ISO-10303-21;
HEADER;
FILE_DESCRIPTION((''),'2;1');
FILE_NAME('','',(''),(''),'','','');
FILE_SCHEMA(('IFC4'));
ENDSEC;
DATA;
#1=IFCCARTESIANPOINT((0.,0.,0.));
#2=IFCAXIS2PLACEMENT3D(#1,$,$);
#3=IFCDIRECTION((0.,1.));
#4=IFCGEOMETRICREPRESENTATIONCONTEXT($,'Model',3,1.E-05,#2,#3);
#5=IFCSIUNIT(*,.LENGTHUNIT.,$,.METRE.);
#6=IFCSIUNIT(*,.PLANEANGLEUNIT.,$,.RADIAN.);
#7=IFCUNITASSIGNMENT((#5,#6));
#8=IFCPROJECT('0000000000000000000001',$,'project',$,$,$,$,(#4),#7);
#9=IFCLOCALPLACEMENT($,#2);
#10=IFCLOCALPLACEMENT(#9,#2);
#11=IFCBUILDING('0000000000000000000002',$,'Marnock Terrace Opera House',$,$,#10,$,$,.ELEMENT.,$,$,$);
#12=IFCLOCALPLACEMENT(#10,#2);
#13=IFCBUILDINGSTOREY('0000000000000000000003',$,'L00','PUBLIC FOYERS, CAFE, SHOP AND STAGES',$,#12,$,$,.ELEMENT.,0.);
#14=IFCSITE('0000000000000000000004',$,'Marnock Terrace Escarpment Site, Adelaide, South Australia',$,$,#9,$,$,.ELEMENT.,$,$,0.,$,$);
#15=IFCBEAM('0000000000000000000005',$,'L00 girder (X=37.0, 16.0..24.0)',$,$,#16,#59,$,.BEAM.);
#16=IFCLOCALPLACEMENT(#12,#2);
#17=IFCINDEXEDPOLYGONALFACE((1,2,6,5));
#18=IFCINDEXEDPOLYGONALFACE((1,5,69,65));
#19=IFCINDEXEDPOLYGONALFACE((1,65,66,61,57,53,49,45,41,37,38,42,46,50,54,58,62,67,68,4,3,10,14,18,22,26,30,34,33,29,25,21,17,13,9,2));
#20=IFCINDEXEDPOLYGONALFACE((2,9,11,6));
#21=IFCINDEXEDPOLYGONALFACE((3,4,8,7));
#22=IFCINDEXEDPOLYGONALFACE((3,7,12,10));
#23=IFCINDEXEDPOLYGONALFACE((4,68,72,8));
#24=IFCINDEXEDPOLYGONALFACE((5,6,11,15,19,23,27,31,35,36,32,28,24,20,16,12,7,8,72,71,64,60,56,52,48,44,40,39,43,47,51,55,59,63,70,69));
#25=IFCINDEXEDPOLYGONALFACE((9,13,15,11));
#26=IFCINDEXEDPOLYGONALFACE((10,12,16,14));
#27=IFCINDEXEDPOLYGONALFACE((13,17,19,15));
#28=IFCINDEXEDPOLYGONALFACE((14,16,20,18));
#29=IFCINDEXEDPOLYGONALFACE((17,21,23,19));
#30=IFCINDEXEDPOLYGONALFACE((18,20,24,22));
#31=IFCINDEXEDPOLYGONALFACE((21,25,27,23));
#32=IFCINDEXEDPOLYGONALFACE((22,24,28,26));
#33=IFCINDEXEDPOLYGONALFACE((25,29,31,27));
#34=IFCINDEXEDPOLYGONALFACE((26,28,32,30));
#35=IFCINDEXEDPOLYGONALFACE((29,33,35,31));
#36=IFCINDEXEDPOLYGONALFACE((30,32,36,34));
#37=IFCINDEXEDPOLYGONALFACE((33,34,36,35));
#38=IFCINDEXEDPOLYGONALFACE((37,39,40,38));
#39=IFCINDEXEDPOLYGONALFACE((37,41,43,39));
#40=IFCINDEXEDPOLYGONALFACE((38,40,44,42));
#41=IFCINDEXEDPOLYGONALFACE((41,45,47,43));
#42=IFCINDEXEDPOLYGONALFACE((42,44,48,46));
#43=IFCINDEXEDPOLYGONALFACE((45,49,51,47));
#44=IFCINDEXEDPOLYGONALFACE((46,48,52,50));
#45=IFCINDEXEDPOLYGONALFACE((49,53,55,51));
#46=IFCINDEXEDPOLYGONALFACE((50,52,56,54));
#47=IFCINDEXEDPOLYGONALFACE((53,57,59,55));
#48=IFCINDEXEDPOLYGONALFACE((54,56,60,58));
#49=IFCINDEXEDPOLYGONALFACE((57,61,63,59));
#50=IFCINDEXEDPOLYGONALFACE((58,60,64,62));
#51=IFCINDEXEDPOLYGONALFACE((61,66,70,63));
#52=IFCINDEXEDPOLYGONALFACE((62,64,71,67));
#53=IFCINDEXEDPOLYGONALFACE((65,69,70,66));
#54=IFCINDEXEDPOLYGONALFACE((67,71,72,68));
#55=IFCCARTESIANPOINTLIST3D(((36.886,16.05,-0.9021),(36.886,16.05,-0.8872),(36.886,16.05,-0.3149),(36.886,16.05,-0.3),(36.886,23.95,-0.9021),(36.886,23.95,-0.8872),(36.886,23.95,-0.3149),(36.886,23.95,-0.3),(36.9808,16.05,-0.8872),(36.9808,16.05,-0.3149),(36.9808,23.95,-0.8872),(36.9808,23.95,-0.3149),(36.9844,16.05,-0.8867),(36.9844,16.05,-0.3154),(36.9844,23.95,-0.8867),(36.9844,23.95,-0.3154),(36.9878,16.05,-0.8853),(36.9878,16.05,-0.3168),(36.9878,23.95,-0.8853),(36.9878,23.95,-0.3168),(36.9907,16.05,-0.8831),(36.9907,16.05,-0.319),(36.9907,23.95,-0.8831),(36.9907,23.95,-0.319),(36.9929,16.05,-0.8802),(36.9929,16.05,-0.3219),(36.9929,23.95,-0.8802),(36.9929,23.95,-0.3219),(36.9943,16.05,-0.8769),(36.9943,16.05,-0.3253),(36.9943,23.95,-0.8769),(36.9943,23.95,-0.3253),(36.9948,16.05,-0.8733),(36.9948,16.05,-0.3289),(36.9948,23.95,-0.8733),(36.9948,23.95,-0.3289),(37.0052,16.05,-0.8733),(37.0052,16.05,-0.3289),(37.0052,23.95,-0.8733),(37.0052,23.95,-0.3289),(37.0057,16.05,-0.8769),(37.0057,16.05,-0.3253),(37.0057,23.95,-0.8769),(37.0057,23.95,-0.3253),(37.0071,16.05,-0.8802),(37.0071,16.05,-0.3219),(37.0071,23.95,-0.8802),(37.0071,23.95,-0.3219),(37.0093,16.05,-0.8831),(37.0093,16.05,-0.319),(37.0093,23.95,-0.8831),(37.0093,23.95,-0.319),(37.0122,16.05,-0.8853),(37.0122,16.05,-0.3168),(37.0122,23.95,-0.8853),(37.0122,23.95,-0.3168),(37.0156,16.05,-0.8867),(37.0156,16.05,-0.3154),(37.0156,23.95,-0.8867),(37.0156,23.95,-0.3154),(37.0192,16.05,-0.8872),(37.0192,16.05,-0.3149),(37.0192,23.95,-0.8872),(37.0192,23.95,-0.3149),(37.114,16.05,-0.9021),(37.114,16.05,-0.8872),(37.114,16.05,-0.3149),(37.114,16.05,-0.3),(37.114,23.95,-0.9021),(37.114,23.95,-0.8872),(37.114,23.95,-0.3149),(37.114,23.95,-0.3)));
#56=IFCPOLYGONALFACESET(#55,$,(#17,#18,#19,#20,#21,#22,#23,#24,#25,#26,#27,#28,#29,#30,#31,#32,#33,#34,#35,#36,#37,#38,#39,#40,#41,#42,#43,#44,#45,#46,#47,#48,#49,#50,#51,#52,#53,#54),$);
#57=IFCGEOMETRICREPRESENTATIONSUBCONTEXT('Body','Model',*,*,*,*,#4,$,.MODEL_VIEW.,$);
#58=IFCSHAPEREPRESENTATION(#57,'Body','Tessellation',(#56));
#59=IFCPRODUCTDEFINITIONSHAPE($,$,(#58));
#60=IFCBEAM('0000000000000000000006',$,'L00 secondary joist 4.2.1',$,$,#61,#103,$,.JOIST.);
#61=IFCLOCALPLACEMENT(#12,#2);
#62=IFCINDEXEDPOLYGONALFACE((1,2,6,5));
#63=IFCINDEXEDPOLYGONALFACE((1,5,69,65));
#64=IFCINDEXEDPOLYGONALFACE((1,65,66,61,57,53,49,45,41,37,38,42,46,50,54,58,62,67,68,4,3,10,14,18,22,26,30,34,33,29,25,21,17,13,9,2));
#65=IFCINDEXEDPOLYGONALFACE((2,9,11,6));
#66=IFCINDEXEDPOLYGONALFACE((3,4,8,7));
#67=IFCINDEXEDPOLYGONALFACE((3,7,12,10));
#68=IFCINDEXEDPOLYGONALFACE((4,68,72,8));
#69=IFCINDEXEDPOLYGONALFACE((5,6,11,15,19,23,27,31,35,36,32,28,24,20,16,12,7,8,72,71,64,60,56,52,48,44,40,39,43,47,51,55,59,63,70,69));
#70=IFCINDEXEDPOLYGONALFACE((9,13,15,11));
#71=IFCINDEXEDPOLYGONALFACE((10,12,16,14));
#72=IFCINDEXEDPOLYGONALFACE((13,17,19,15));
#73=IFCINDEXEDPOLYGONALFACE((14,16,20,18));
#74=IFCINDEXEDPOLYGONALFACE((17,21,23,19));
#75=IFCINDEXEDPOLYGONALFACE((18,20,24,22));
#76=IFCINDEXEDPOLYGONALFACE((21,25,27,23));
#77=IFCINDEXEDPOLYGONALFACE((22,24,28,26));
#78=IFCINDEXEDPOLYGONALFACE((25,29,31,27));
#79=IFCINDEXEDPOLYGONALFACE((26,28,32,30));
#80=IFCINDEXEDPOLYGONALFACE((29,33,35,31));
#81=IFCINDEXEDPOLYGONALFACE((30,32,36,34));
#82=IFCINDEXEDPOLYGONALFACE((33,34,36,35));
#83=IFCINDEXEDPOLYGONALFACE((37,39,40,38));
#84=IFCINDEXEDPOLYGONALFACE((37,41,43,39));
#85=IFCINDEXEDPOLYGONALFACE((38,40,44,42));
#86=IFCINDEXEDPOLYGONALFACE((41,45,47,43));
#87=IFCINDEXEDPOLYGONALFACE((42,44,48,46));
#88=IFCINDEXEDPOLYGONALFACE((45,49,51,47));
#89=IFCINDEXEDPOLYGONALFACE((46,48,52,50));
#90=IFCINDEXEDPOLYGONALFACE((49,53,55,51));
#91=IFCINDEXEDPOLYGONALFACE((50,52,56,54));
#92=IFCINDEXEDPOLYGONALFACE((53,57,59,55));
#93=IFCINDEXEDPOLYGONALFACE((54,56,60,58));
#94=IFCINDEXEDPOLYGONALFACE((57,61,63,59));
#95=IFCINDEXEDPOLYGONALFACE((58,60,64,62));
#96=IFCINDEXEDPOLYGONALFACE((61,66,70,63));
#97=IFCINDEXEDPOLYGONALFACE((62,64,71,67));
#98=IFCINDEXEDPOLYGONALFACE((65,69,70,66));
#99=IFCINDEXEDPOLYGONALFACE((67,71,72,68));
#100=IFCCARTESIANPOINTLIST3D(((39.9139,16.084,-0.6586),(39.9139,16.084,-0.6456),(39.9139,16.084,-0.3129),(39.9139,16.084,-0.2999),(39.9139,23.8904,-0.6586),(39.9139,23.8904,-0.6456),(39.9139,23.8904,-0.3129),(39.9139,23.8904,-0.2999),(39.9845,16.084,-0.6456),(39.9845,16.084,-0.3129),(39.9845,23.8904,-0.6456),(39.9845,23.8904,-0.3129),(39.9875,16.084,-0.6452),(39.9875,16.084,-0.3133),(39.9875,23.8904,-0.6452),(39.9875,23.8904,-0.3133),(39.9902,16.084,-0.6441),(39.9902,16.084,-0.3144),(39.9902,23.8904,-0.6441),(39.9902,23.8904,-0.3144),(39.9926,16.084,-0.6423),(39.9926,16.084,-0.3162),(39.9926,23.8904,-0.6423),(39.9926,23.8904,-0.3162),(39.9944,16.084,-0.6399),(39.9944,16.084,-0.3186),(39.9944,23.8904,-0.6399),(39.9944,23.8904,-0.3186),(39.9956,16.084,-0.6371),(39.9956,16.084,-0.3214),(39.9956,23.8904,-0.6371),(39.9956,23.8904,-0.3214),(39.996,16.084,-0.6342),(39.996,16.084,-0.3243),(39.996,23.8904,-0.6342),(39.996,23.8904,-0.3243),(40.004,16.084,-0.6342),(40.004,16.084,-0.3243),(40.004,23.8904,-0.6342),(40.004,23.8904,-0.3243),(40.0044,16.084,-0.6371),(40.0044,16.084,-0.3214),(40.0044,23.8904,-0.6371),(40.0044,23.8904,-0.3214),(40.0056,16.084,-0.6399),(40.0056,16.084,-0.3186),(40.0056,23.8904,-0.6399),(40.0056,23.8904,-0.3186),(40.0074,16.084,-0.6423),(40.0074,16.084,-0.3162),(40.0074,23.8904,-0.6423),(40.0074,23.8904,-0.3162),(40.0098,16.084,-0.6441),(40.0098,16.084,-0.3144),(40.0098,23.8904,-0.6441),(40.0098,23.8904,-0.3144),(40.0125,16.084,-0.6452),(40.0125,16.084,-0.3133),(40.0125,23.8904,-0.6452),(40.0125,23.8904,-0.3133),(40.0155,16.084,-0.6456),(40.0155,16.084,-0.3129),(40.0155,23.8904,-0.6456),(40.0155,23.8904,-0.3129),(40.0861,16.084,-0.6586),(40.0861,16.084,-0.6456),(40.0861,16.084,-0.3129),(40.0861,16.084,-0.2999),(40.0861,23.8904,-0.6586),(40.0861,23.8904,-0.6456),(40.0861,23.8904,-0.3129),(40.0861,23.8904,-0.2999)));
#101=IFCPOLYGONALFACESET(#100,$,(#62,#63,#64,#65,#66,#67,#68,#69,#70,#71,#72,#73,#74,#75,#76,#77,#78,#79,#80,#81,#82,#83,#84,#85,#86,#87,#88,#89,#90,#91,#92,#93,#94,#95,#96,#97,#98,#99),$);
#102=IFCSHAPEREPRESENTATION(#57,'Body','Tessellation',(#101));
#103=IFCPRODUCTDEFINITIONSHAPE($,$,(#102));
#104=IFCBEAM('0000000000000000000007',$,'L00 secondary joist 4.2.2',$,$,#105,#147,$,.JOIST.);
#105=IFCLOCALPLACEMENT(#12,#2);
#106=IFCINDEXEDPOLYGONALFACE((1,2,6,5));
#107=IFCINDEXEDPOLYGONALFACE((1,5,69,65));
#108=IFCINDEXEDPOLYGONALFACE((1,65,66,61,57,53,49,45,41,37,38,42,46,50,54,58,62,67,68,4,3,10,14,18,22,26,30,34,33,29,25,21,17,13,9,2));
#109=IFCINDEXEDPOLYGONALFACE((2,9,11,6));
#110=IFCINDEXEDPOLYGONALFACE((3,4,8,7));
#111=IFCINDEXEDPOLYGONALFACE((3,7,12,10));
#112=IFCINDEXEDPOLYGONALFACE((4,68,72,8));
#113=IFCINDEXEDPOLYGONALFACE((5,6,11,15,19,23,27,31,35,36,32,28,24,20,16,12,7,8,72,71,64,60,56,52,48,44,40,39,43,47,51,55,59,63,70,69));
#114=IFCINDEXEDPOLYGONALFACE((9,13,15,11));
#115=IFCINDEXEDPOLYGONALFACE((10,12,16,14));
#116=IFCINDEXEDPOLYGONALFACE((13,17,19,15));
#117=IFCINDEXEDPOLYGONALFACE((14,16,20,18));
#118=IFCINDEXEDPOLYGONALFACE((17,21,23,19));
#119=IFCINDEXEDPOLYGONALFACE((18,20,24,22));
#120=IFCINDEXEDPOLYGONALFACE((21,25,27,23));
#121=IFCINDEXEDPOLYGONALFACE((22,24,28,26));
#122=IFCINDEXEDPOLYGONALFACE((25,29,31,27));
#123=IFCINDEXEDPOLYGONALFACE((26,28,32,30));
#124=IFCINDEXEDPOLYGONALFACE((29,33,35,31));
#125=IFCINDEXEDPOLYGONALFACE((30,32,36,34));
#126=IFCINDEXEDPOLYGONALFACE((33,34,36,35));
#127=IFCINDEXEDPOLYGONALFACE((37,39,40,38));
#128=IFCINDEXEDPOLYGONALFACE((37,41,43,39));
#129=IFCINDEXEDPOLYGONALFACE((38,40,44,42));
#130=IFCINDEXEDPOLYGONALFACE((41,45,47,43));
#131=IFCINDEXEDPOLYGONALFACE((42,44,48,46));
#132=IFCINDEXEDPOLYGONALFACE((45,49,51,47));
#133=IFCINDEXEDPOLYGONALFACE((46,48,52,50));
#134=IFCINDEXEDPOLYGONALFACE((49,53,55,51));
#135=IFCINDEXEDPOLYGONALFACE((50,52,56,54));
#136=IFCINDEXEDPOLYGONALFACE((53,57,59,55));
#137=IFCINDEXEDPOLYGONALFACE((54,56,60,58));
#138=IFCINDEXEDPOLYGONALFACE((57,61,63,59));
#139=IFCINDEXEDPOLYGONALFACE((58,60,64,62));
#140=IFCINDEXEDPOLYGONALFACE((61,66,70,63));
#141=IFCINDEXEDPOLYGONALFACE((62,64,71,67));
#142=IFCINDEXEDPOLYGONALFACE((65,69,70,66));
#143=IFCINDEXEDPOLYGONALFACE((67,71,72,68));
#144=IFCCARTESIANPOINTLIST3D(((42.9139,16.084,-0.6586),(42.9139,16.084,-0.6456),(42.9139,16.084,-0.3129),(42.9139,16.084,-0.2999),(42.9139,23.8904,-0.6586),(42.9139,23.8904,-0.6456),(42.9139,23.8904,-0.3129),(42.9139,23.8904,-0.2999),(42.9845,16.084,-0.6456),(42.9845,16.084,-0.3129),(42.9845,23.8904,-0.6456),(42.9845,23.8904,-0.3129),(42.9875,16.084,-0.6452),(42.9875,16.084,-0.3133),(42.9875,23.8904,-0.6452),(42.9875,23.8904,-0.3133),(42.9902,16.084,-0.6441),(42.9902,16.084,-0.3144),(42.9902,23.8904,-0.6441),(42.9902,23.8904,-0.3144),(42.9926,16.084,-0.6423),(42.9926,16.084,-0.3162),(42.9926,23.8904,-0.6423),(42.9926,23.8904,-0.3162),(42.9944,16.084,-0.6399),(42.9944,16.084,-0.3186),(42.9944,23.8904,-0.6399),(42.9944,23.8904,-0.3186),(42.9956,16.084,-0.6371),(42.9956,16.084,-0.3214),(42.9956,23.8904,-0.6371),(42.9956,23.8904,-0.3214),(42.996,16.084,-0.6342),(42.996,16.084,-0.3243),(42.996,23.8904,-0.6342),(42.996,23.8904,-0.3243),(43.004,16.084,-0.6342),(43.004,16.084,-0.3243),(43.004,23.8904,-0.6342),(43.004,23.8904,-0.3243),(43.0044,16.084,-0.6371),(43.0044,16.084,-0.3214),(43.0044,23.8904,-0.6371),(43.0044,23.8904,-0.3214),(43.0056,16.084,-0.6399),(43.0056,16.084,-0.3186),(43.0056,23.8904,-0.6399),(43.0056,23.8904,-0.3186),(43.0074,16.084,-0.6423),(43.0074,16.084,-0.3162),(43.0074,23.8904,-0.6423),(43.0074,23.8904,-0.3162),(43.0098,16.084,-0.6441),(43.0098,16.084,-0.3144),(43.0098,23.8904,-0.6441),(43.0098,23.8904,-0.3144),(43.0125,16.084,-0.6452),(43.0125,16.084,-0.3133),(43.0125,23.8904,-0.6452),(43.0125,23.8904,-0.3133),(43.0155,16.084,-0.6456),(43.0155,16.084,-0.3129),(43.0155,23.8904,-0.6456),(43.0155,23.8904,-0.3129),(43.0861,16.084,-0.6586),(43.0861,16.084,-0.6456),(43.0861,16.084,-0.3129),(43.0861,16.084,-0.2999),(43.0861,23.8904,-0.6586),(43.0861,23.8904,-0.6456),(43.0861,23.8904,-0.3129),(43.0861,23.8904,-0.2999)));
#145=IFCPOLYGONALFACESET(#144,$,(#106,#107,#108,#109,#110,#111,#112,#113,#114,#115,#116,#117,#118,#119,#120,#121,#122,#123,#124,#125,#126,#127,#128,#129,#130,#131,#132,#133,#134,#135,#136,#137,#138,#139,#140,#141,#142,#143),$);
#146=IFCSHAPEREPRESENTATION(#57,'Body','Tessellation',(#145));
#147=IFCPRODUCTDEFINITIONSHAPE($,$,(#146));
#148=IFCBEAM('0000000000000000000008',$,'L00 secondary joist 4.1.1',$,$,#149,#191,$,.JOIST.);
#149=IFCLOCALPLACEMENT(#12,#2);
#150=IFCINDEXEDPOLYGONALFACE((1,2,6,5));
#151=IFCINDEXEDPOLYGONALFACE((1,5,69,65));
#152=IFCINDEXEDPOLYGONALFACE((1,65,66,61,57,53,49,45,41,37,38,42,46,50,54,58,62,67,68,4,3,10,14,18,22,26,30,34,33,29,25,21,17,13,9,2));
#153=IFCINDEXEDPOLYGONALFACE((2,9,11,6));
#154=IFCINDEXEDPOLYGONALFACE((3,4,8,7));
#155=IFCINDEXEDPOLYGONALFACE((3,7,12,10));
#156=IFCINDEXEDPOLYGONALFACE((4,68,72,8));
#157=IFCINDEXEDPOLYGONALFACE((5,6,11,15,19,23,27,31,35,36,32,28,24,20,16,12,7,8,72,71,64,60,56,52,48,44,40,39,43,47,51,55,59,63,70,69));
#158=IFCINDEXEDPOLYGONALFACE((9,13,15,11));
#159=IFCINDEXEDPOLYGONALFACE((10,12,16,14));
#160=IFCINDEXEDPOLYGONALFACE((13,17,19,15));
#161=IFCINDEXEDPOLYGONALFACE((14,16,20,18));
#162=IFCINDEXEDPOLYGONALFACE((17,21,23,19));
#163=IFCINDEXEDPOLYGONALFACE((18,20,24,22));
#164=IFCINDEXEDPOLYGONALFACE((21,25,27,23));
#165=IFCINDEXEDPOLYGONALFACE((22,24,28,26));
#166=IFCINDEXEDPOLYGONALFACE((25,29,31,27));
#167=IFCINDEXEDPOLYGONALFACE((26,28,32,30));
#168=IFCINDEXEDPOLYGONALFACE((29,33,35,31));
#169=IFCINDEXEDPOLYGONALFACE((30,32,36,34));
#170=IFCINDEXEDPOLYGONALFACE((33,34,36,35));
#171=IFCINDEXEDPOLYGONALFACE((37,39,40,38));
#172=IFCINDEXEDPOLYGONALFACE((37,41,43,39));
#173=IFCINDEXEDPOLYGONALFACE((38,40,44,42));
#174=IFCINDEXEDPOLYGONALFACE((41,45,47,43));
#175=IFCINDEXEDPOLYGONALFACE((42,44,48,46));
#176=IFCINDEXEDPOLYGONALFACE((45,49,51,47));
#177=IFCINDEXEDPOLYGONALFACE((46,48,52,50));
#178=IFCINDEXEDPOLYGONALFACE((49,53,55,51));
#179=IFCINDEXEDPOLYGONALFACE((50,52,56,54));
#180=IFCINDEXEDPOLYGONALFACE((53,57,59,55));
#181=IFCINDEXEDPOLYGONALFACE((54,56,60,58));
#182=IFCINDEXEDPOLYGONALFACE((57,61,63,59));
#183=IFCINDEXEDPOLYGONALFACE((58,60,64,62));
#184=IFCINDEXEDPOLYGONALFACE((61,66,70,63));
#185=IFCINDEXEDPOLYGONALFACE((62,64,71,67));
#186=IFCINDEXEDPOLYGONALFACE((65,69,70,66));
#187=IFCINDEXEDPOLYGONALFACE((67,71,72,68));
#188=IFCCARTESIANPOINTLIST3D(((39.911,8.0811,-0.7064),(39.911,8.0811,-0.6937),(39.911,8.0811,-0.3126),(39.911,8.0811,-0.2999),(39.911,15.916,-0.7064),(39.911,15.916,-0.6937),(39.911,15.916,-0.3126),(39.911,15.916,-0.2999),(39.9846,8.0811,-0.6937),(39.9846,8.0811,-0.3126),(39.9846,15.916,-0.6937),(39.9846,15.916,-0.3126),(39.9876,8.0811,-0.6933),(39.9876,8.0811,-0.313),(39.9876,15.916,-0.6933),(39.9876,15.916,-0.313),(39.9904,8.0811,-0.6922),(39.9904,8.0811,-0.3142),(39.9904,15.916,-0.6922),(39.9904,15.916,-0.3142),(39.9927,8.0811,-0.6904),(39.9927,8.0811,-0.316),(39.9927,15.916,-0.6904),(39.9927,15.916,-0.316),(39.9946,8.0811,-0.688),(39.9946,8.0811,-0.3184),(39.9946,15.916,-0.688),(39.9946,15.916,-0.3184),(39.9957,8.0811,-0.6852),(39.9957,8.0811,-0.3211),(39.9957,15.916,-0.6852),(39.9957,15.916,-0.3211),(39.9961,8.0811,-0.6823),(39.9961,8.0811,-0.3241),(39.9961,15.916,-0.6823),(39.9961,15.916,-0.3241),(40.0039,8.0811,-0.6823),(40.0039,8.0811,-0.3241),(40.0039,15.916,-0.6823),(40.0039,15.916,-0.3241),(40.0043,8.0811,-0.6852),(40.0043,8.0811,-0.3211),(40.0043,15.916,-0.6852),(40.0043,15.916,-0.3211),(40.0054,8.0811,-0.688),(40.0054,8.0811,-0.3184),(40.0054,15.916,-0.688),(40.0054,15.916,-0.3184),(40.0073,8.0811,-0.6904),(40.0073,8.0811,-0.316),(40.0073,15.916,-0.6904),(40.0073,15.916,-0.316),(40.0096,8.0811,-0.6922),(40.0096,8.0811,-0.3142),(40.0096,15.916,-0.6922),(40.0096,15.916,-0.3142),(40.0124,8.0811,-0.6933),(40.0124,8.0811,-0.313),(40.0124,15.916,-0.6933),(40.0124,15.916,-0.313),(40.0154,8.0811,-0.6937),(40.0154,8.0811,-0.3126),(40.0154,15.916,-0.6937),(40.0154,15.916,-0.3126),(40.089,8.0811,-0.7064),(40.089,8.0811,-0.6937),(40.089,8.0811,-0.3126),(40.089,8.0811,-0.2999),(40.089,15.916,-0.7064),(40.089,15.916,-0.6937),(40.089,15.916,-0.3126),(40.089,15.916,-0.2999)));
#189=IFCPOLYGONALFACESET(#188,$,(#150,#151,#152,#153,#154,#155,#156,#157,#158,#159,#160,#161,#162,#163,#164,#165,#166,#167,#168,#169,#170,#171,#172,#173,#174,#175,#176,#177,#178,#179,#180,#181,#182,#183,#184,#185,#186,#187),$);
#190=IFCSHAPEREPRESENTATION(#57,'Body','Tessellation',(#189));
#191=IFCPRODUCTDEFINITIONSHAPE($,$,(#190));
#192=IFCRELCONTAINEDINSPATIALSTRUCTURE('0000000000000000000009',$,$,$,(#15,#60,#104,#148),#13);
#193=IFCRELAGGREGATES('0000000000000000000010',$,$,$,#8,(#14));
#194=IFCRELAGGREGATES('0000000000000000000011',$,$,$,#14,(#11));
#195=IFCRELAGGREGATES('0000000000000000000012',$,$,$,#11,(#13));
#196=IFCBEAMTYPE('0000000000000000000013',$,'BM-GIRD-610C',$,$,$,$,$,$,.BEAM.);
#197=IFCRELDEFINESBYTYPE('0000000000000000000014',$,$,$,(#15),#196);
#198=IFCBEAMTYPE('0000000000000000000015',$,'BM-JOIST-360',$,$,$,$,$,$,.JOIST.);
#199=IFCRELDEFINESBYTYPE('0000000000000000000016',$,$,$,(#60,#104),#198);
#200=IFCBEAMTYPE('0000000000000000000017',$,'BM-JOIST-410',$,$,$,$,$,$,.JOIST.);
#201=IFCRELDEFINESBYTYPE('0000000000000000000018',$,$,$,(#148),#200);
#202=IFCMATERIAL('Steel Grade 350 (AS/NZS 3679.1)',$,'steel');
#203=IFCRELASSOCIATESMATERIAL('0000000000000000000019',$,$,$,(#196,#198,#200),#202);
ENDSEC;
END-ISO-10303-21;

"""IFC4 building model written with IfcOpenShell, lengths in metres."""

from ifc_helpers import new_model, si_unit, direction, frame, origin, origin_2d, place, context, subcontext, project, spatial, i_section, extrude, material, material_profile, profile_set, type_object, element, save


model = new_model("IFC4")

# Units and contexts
model_context = context("Model", 3, precision=1e-05, world=origin(), true_north=direction((0.0, 1.0)))
body_context = subcontext(model_context, "Body", "Model", "MODEL_VIEW")
ifc_project = project(units=[si_unit("LENGTHUNIT", "METRE"), si_unit("PLANEANGLEUNIT", "RADIAN")], contexts=[model_context])

# Site, building, storey
site_placement = place(None, origin())
site = spatial("IfcSite", under=ifc_project, at=site_placement, Name="Marnock Terrace Escarpment Site, Adelaide, South Australia", CompositionType="ELEMENT", RefElevation=0.0)
building_placement = place(site_placement, origin())
building = spatial("IfcBuilding", under=site, at=building_placement, Name="Marnock Terrace Opera House", CompositionType="ELEMENT")
storey_placement = place(building_placement, origin())
storey = spatial("IfcBuildingStorey", under=building, at=storey_placement, Name="L00", Description="PUBLIC FOYERS, CAFE, SHOP AND STAGES", CompositionType="ELEMENT", Elevation=0.0)

# Beams
ifc_material_1 = material(Name="Steel Grade 350 (AS/NZS 3679.1)", Category="steel")
ifc_material_profile_1 = material_profile(ifc_material_1, i_section(OverallWidth=0.228, OverallDepth=0.6021, WebThickness=0.0105, FlangeThickness=0.0149, FilletRadius=0.0139, at=origin_2d()))
ifc_profile_set_1 = profile_set([ifc_material_profile_1], Name="Steel Grade 350 (AS/NZS 3679.1)")
beam_type_1 = type_object("IfcBeamType", Name="BM-GIRD-610C", PredefinedType="BEAM", material=ifc_profile_set_1)
for number, where, z_axis, x_axis, name in (
    (1, (37.0, 16.05, -0.6011), (0.0, 1.0, 0.0), (-1.0, 0.0, 0.0), "L00 girder (X=37.0, 16.0..24.0)"),
):
    element("IfcBeam", number, at=place(storey_placement, frame(where, z_axis=z_axis, x_axis=x_axis)), inside=storey, type_object=beam_type_1, Name=name, PredefinedType="BEAM", context=body_context, shape_type="SweptSolid", body=[
        extrude(i_section(OverallWidth=0.228, OverallDepth=0.6021, WebThickness=0.0105, FlangeThickness=0.0149, FilletRadius=0.0139, at=origin_2d()), origin(), (0.0, 0.0, 1.0), 7.8999),
    ])
ifc_material_profile_2 = material_profile(ifc_material_1, i_section(OverallWidth=0.1721, OverallDepth=0.3586, WebThickness=0.0081, FlangeThickness=0.0129, FilletRadius=0.0115, at=origin_2d()))
ifc_profile_set_2 = profile_set([ifc_material_profile_2], Name="Steel Grade 350 (AS/NZS 3679.1)")
beam_type_2 = type_object("IfcBeamType", Name="BM-JOIST-360", PredefinedType="JOIST", material=ifc_profile_set_2)
for number, where, z_axis, x_axis, name in (
    (2, (40.0, 16.084, -0.4792), (0.0, 1.0, 0.0), (-1.0, 0.0, 0.0), "L00 secondary joist 4.2.1"),
    (3, (43.0, 16.084, -0.4792), (0.0, 1.0, 0.0), (-1.0, 0.0, 0.0), "L00 secondary joist 4.2.2"),
):
    element("IfcBeam", number, at=place(storey_placement, frame(where, z_axis=z_axis, x_axis=x_axis)), inside=storey, type_object=beam_type_2, Name=name, PredefinedType="JOIST", context=body_context, shape_type="SweptSolid", body=[
        extrude(i_section(OverallWidth=0.1721, OverallDepth=0.3586, WebThickness=0.0081, FlangeThickness=0.0129, FilletRadius=0.0115, at=origin_2d()), origin(), (0.0, 0.0, 1.0), 7.8064),
    ])
ifc_material_profile_3 = material_profile(ifc_material_1, i_section(OverallWidth=0.178, OverallDepth=0.4065, WebThickness=0.0078, FlangeThickness=0.0127, FilletRadius=0.0115, at=origin_2d()))
ifc_profile_set_3 = profile_set([ifc_material_profile_3], Name="Steel Grade 350 (AS/NZS 3679.1)")
beam_type_3 = type_object("IfcBeamType", Name="BM-JOIST-410", PredefinedType="JOIST", material=ifc_profile_set_3)
for number, where, z_axis, x_axis, name in (
    (4, (40.0, 8.0811, -0.5032), (0.0, 1.0, 0.0), (-1.0, 0.0, 0.0), "L00 secondary joist 4.1.1"),
):
    element("IfcBeam", number, at=place(storey_placement, frame(where, z_axis=z_axis, x_axis=x_axis)), inside=storey, type_object=beam_type_3, Name=name, PredefinedType="JOIST", context=body_context, shape_type="SweptSolid", body=[
        extrude(i_section(OverallWidth=0.178, OverallDepth=0.4065, WebThickness=0.0078, FlangeThickness=0.0127, FilletRadius=0.0115, at=origin_2d()), origin(), (0.0, 0.0, 1.0), 7.835),
    ])

save(model, "model.ifc")
